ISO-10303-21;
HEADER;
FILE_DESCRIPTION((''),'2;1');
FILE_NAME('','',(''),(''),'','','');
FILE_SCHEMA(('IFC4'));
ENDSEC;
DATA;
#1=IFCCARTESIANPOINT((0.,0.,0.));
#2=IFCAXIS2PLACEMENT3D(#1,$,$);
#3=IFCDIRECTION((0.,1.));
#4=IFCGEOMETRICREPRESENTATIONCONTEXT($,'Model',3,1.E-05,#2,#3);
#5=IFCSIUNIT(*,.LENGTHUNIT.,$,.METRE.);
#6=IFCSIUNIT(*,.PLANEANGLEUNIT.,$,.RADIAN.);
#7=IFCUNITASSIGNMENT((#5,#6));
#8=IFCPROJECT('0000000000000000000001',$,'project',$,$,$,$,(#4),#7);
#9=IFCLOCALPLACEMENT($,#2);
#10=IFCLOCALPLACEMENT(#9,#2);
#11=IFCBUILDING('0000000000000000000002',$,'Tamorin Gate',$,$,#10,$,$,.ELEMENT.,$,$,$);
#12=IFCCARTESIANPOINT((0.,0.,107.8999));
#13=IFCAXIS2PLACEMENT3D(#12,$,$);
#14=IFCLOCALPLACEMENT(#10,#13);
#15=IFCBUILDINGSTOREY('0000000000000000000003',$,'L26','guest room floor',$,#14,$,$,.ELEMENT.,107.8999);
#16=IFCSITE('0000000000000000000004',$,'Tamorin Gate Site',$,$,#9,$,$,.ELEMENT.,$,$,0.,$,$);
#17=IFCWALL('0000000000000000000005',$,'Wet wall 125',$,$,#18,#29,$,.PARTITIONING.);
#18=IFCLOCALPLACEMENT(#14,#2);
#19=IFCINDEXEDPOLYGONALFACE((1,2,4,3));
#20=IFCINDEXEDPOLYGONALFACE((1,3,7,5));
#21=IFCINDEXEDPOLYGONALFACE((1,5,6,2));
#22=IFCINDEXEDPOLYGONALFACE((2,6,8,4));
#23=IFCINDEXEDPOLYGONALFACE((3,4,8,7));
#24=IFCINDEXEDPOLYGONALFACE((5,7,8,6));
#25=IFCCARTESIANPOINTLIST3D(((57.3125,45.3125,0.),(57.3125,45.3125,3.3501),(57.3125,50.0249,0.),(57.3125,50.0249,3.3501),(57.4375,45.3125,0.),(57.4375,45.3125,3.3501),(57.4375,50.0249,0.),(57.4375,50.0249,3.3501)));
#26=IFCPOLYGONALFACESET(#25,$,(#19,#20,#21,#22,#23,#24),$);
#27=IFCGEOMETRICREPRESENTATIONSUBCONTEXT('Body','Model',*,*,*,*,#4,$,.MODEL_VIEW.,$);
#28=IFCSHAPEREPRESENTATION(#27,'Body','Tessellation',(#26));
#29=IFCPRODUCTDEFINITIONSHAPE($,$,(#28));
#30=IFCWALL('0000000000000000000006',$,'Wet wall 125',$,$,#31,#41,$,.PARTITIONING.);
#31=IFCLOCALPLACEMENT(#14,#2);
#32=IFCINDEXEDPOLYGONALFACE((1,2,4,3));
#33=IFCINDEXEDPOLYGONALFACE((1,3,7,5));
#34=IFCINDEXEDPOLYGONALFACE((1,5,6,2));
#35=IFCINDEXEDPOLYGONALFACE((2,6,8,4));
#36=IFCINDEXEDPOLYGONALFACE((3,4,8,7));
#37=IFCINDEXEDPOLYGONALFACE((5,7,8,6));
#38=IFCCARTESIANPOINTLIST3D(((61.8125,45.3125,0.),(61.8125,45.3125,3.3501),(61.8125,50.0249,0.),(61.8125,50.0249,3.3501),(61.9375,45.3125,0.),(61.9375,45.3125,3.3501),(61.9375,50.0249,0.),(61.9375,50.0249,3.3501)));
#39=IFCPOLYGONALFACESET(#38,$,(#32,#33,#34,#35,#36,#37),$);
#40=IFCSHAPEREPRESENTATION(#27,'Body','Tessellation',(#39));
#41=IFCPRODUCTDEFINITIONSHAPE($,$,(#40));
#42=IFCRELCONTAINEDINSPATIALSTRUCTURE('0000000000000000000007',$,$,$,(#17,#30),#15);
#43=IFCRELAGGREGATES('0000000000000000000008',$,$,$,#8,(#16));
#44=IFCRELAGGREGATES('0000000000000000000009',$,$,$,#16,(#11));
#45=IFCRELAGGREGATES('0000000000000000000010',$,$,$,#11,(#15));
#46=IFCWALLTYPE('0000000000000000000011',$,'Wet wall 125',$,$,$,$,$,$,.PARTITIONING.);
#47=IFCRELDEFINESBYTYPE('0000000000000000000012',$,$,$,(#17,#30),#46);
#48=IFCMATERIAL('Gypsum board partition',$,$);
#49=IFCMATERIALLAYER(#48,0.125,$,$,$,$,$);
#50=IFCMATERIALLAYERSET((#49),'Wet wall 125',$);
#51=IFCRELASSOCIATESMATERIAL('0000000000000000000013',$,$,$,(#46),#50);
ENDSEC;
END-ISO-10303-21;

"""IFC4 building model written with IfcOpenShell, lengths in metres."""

from ifc_helpers import new_model, si_unit, direction, frame, frame_2d, origin, place, context, subcontext, project, spatial, rectangle, extrude, material, layer, layer_set, type_object, element, save


model = new_model("IFC4")

# Units and contexts
model_context = context("Model", 3, precision=1e-05, world=origin(), true_north=direction((0.0, 1.0)))
body_context = subcontext(model_context, "Body", "Model", "MODEL_VIEW")
ifc_project = project(units=[si_unit("LENGTHUNIT", "METRE"), si_unit("PLANEANGLEUNIT", "RADIAN")], contexts=[model_context])

# Site, building, storey
site_placement = place(None, origin())
site = spatial("IfcSite", under=ifc_project, at=site_placement, Name="Tamorin Gate Site", CompositionType="ELEMENT", RefElevation=0.0)
building_placement = place(site_placement, origin())
building = spatial("IfcBuilding", under=site, at=building_placement, Name="Tamorin Gate", CompositionType="ELEMENT")
storey_placement = place(building_placement, frame((0.0, 0.0, 107.8999)))
storey = spatial("IfcBuildingStorey", under=building, at=storey_placement, Name="L26", Description="guest room floor", CompositionType="ELEMENT", Elevation=107.8999)

# Shared definitions
ifc_material_1 = material(Name="Gypsum board partition")

# Walls
ifc_layer_1 = layer(ifc_material_1, 0.125)
ifc_layer_set_1 = layer_set([ifc_layer_1], Name="Wet wall 125")
wall_type_1 = type_object("IfcWallType", Name="Wet wall 125", PredefinedType="PARTITIONING", material=ifc_layer_set_1)
for number, where, z_axis, x_axis, name in (
    (1, (57.375, 45.3125, 0.0), (0.0, 0.0, 1.0), (0.0, 1.0, 0.0), "Wet wall 125"),
    (2, (61.875, 45.3125, 0.0), (0.0, 0.0, 1.0), (0.0, 1.0, 0.0), "Wet wall 125"),
):
    element("IfcWall", number, at=place(storey_placement, frame(where, z_axis=z_axis, x_axis=x_axis)), inside=storey, type_object=wall_type_1, Name=name, PredefinedType="PARTITIONING", context=body_context, shape_type="SweptSolid", body=[
        extrude(rectangle(XDim=4.7124, YDim=0.125, at=frame_2d((2.3562, 0.0))), origin(), (0.0, 0.0, 1.0), 3.3501),
    ])

save(model, "model.ifc")
